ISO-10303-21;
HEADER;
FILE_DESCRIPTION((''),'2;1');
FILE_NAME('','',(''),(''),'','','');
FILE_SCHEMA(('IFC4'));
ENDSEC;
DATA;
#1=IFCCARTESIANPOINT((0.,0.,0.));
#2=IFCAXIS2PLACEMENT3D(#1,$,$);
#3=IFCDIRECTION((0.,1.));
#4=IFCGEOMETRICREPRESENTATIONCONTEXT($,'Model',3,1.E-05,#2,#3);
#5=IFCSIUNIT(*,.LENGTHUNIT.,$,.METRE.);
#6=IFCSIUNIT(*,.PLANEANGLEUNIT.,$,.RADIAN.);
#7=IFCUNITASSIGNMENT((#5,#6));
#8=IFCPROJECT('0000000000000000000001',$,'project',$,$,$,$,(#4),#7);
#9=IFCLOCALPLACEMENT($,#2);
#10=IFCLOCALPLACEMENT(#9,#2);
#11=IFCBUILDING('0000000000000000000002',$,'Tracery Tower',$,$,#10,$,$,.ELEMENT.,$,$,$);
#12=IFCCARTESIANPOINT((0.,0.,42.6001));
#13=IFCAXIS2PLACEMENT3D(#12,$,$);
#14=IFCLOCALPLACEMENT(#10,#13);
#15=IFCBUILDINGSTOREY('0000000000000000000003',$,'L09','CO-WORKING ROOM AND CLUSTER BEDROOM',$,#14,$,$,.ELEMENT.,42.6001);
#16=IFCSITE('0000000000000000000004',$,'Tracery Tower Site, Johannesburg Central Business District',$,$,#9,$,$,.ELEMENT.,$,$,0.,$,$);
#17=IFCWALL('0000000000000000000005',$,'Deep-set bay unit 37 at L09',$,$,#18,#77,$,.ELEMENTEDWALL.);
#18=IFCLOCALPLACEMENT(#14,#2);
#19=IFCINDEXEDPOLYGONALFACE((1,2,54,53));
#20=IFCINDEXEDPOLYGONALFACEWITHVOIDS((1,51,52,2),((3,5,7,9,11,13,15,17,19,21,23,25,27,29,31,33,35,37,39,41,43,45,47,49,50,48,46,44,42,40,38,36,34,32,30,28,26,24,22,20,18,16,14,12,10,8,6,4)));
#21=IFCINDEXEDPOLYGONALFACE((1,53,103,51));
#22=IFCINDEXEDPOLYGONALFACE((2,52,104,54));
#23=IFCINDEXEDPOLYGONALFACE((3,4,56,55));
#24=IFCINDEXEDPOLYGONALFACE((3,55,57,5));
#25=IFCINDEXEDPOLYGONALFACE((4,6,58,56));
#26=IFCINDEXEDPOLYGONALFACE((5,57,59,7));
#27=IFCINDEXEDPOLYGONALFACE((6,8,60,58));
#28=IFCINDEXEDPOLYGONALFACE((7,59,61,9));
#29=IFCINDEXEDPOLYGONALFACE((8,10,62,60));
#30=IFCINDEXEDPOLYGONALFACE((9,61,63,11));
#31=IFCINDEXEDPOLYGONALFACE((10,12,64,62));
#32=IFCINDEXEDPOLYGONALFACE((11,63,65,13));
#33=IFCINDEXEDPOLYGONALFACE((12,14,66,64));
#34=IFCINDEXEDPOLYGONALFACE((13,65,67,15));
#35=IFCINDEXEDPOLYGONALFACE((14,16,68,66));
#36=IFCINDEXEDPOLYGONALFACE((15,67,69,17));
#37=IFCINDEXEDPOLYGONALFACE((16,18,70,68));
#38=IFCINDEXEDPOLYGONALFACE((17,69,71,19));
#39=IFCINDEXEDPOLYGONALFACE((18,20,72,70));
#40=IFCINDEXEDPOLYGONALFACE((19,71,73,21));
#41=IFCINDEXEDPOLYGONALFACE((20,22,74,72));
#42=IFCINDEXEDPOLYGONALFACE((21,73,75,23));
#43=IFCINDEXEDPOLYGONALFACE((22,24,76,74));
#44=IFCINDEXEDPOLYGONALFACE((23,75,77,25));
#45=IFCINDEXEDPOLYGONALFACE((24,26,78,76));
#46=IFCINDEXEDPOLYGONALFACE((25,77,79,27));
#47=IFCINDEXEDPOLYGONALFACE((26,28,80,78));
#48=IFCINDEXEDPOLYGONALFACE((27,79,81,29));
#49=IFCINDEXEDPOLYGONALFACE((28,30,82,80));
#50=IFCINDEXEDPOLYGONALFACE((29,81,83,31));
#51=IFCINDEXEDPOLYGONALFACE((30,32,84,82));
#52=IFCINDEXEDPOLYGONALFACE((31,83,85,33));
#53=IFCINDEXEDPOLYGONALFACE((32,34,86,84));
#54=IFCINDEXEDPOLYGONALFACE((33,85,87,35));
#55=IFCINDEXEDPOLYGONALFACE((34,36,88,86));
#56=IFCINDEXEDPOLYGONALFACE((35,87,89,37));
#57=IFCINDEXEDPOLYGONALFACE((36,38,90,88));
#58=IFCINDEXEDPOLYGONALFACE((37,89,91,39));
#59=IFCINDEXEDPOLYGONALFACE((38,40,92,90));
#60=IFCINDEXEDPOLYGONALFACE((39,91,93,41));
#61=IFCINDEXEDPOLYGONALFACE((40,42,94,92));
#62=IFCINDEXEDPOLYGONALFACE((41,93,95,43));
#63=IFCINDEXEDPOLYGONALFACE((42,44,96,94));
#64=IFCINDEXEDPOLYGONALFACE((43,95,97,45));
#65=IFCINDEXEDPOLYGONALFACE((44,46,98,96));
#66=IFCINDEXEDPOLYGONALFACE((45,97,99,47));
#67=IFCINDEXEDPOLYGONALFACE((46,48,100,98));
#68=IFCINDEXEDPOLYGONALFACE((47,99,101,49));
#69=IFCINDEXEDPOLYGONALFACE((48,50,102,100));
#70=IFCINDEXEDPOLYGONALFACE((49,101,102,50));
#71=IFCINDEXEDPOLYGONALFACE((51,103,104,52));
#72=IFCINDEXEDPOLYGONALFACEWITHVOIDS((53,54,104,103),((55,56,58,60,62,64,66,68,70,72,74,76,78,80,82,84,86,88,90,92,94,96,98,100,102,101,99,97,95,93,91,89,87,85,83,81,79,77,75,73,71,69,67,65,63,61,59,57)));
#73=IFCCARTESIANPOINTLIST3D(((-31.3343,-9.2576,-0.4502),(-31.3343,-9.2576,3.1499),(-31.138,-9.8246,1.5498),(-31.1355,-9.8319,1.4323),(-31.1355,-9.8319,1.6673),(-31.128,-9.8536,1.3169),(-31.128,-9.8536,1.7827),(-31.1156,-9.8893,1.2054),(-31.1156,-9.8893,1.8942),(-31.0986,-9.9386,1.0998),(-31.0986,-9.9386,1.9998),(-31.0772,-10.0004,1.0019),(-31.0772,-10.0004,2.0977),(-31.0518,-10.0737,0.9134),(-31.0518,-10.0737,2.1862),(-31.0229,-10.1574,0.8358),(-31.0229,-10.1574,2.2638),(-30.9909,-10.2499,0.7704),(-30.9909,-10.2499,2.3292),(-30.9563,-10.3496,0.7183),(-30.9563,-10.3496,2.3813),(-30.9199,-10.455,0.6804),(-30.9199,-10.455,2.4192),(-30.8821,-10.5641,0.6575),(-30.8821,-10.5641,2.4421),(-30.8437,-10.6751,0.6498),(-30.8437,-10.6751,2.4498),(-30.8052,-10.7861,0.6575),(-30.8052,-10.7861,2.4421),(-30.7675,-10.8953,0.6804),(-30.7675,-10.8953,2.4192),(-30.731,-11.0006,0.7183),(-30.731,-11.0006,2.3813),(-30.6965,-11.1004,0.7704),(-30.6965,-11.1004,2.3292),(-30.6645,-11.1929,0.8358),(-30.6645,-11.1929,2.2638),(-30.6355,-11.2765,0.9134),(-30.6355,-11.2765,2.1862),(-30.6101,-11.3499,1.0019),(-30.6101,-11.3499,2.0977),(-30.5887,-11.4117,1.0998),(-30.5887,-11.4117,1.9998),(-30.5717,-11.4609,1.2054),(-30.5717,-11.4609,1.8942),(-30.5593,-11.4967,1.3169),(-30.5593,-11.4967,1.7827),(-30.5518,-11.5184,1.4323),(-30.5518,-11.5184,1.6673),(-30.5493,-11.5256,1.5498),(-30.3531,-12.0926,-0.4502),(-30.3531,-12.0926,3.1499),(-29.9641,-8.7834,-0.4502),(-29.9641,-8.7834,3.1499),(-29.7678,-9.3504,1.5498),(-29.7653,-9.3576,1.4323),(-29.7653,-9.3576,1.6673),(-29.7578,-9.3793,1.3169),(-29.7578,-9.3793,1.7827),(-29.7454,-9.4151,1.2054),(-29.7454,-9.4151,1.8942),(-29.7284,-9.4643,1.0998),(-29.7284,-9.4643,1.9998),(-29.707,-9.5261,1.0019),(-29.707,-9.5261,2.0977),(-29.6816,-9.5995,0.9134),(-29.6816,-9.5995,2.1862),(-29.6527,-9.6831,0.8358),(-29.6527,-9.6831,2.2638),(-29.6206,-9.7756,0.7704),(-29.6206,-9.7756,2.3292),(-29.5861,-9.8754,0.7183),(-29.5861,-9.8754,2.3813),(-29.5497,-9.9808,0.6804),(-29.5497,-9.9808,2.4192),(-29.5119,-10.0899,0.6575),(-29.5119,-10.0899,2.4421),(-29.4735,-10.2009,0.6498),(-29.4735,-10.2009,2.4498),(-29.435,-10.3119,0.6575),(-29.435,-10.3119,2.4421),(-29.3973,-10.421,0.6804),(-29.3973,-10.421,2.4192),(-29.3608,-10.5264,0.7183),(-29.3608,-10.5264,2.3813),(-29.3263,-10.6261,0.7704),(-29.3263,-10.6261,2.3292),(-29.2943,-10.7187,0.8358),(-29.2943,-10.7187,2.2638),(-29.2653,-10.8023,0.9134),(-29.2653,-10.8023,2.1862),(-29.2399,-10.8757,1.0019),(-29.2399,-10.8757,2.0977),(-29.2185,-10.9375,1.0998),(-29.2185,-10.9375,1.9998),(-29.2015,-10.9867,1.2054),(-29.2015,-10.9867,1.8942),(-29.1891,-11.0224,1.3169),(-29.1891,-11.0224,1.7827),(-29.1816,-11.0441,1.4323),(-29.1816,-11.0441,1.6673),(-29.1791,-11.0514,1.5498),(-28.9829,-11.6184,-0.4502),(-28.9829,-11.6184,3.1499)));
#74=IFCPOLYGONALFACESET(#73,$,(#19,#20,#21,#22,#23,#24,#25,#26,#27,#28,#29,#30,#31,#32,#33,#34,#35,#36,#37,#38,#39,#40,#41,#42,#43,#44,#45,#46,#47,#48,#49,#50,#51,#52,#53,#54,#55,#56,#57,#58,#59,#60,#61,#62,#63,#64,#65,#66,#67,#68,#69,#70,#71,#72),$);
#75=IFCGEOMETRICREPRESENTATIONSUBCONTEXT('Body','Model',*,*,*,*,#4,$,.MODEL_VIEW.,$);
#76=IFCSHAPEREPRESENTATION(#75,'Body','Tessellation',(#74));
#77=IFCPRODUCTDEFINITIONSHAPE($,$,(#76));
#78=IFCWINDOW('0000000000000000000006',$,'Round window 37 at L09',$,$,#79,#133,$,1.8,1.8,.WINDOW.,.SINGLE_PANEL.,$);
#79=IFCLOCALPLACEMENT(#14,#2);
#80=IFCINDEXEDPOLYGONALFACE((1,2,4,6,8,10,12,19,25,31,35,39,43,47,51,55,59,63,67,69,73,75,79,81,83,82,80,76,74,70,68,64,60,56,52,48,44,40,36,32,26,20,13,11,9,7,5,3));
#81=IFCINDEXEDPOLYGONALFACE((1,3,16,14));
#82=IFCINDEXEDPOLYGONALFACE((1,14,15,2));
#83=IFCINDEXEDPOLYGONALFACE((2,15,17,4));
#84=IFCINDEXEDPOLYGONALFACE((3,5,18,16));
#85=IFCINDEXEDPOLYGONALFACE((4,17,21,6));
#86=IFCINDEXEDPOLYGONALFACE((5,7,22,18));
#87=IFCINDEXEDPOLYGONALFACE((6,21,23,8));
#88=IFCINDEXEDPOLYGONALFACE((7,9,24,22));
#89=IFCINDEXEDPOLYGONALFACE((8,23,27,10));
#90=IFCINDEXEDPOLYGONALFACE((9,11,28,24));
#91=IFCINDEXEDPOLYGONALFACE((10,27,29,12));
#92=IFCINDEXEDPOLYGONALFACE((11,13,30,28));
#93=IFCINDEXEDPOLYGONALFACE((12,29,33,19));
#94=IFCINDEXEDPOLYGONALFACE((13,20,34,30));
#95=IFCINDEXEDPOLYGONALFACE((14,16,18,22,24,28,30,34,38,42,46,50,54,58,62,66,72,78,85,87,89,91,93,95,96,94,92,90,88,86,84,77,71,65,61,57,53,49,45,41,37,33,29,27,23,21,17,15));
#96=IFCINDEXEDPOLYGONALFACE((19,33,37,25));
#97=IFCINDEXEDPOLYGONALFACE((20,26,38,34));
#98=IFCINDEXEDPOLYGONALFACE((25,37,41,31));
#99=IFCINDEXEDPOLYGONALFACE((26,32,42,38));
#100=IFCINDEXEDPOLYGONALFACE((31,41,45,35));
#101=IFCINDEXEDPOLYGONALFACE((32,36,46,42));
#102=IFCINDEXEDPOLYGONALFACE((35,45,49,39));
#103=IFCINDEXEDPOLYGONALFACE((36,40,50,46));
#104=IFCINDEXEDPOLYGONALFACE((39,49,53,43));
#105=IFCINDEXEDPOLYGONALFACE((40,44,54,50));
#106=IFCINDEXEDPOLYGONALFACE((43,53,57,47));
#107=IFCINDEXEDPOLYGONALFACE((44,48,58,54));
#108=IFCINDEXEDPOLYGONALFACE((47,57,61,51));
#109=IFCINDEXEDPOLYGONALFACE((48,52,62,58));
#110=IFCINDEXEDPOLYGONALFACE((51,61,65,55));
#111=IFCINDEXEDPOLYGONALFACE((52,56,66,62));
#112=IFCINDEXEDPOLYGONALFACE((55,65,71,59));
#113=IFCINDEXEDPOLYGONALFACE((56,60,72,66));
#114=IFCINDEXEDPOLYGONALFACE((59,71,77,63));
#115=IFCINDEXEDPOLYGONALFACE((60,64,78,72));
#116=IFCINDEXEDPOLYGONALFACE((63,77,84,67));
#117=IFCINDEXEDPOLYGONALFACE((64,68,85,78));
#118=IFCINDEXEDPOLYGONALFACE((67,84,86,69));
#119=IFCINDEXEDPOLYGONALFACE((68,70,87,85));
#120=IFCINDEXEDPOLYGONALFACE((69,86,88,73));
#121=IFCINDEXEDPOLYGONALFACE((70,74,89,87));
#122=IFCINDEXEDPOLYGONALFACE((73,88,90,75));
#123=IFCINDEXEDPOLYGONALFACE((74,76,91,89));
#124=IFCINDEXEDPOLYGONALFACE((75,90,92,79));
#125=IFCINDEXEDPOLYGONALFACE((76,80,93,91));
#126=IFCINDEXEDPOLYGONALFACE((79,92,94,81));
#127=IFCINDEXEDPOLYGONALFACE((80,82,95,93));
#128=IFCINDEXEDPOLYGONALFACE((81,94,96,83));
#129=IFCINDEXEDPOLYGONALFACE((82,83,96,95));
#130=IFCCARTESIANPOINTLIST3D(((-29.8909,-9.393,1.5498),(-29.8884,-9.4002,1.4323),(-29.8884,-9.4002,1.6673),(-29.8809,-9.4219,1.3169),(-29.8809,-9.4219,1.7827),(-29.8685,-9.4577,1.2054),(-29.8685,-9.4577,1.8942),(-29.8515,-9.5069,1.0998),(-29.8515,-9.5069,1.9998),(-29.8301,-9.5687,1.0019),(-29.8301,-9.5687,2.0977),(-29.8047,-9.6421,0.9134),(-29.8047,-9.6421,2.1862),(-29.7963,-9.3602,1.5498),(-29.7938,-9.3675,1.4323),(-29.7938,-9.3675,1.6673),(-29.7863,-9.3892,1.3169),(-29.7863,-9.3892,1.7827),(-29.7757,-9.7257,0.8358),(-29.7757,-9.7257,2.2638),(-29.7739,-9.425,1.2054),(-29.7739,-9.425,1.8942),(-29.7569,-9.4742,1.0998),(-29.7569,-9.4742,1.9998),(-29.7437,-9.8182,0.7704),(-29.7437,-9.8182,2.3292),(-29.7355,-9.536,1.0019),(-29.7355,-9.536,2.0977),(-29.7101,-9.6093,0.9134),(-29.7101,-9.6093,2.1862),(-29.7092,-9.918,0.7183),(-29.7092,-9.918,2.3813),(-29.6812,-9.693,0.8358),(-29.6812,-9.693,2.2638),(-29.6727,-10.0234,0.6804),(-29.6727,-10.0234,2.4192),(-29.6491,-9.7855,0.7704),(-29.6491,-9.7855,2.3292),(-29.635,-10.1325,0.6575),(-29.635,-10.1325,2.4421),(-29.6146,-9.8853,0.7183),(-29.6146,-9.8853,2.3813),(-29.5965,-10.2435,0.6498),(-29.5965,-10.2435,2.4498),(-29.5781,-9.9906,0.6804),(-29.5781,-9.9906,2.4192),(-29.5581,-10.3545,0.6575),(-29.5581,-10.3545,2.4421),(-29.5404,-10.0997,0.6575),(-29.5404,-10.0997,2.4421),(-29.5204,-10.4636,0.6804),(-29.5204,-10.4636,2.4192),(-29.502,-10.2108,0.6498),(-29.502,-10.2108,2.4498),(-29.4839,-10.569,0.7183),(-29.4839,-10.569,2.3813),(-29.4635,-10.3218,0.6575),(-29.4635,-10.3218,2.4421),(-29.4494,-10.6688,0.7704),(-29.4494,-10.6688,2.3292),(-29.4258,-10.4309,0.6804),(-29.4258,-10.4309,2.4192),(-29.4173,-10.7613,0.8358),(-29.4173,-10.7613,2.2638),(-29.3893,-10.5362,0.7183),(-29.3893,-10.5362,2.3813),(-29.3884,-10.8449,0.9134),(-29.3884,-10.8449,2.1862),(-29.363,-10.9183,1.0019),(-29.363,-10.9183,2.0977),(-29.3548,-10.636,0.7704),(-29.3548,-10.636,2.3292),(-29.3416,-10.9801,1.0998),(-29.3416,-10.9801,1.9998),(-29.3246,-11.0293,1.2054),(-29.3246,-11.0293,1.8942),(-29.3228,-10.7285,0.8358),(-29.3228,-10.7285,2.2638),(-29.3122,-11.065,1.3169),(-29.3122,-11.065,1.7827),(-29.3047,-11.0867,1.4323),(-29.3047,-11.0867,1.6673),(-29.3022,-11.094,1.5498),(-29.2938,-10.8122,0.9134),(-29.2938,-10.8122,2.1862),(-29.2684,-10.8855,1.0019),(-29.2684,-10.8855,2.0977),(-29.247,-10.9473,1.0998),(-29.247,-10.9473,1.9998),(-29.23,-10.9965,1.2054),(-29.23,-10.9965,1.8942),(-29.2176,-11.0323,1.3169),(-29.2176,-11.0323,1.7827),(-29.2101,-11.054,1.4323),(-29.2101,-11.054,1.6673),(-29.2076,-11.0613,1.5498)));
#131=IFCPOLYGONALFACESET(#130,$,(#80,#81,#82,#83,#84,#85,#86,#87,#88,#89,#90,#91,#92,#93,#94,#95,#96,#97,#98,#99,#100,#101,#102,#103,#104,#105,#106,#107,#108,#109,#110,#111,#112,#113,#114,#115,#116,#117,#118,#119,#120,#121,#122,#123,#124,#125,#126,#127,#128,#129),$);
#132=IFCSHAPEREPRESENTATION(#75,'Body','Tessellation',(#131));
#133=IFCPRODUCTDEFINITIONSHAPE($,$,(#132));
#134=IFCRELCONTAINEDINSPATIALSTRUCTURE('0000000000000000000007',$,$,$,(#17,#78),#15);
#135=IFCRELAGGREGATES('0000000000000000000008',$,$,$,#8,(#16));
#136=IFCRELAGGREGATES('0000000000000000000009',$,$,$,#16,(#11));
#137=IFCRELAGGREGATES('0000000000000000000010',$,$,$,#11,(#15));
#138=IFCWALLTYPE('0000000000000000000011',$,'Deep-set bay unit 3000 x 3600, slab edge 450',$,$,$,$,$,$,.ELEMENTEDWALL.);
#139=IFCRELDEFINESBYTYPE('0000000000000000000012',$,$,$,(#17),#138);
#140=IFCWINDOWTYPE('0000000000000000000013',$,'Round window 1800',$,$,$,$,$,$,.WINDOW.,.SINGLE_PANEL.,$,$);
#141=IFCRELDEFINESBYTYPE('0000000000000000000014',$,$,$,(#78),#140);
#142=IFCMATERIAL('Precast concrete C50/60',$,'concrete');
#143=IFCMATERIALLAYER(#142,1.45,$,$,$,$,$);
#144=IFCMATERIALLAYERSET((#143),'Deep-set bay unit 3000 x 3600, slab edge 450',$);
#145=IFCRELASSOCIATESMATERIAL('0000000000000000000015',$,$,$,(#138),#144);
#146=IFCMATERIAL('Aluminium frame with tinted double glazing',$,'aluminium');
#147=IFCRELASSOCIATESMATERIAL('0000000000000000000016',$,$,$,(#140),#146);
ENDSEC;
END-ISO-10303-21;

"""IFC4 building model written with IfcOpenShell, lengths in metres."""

from ifc_helpers import new_model, si_unit, direction, frame, frame_2d, origin, origin_2d, place, context, subcontext, project, spatial, rectangle, circle, extrude, material, layer, layer_set, type_object, element, fill, save


model = new_model("IFC4")

# Units and contexts
model_context = context("Model", 3, precision=1e-05, world=origin(), true_north=direction((0.0, 1.0)))
body_context = subcontext(model_context, "Body", "Model", "MODEL_VIEW")
ifc_project = project(units=[si_unit("LENGTHUNIT", "METRE"), si_unit("PLANEANGLEUNIT", "RADIAN")], contexts=[model_context])

# Site, building, storey
site_placement = place(None, origin())
site = spatial("IfcSite", under=ifc_project, at=site_placement, Name="Tracery Tower Site, Johannesburg Central Business District", CompositionType="ELEMENT", RefElevation=0.0)
building_placement = place(site_placement, origin())
building = spatial("IfcBuilding", under=site, at=building_placement, Name="Tracery Tower", CompositionType="ELEMENT")
storey_placement = place(building_placement, frame((0.0, 0.0, 42.6001)))
storey = spatial("IfcBuildingStorey", under=building, at=storey_placement, Name="L09", Description="CO-WORKING ROOM AND CLUSTER BEDROOM", CompositionType="ELEMENT", Elevation=42.6001)

# Wall, opening, window
ifc_material_1 = material(Name="Precast concrete C50/60", Category="concrete")
ifc_layer_1 = layer(ifc_material_1, 1.45)
ifc_layer_set_1 = layer_set([ifc_layer_1], Name="Deep-set bay unit 3000 x 3600, slab edge 450")
wall_type_1 = type_object("IfcWallType", Name="Deep-set bay unit 3000 x 3600, slab edge 450", PredefinedType="ELEMENTEDWALL", material=ifc_layer_set_1)
wall_1_placement = place(storey_placement, frame((-30.6492, -9.0205, -0.4502), z_axis=(0.0, 0.0, 1.0), x_axis=(0.327071, -0.945, 0.0)))
wall_1 = element("IfcWall", 1, at=wall_1_placement, inside=storey, type_object=wall_type_1, Name="Deep-set bay unit 37 at L09", PredefinedType="ELEMENTEDWALL", context=body_context, shape_type="SweptSolid", body=[
    extrude(rectangle(XDim=3.0, YDim=1.45, at=frame_2d((1.5, 0.0))), origin(), (0.0, 0.0, 1.0), 3.6001),
])
opening_1_placement = place(wall_1_placement, frame((1.5, 0.0, 2.0)))
opening_1 = element("IfcOpeningElement", 2, at=opening_1_placement, cuts=wall_1, PredefinedType="OPENING", context=body_context, shape_type="SweptSolid", body=[
    extrude(circle(Radius=0.9, at=origin_2d()), frame((0.0, 0.7349, 0.0), z_axis=(0.0, -1.0, 0.0), x_axis=(1.0, 0.0, 0.0)), (0.0, 0.0, 1.0), 1.47),
])
ifc_material_2 = material(Name="Aluminium frame with tinted double glazing", Category="aluminium")
window_type = type_object("IfcWindowType", Name="Round window 1800", PartitioningType="SINGLE_PANEL", PredefinedType="WINDOW", material=ifc_material_2)
window_1_placement = place(opening_1_placement, origin())
window_1 = element("IfcWindow", 3, at=window_1_placement, inside=storey, type_object=window_type, Name="Round window 37 at L09", OverallHeight=1.8, OverallWidth=1.8, PartitioningType="SINGLE_PANEL", PredefinedType="WINDOW", context=body_context, shape_type="SweptSolid", body=[
    extrude(circle(Radius=0.9, at=origin_2d()), frame((0.0, 0.6948, 0.0), z_axis=(0.0, -1.0, 0.0), x_axis=(1.0, 0.0, 0.0)), (0.0, 0.0, 1.0), 0.1001),
])
fill(opening_1, window_1)

save(model, "model.ifc")
